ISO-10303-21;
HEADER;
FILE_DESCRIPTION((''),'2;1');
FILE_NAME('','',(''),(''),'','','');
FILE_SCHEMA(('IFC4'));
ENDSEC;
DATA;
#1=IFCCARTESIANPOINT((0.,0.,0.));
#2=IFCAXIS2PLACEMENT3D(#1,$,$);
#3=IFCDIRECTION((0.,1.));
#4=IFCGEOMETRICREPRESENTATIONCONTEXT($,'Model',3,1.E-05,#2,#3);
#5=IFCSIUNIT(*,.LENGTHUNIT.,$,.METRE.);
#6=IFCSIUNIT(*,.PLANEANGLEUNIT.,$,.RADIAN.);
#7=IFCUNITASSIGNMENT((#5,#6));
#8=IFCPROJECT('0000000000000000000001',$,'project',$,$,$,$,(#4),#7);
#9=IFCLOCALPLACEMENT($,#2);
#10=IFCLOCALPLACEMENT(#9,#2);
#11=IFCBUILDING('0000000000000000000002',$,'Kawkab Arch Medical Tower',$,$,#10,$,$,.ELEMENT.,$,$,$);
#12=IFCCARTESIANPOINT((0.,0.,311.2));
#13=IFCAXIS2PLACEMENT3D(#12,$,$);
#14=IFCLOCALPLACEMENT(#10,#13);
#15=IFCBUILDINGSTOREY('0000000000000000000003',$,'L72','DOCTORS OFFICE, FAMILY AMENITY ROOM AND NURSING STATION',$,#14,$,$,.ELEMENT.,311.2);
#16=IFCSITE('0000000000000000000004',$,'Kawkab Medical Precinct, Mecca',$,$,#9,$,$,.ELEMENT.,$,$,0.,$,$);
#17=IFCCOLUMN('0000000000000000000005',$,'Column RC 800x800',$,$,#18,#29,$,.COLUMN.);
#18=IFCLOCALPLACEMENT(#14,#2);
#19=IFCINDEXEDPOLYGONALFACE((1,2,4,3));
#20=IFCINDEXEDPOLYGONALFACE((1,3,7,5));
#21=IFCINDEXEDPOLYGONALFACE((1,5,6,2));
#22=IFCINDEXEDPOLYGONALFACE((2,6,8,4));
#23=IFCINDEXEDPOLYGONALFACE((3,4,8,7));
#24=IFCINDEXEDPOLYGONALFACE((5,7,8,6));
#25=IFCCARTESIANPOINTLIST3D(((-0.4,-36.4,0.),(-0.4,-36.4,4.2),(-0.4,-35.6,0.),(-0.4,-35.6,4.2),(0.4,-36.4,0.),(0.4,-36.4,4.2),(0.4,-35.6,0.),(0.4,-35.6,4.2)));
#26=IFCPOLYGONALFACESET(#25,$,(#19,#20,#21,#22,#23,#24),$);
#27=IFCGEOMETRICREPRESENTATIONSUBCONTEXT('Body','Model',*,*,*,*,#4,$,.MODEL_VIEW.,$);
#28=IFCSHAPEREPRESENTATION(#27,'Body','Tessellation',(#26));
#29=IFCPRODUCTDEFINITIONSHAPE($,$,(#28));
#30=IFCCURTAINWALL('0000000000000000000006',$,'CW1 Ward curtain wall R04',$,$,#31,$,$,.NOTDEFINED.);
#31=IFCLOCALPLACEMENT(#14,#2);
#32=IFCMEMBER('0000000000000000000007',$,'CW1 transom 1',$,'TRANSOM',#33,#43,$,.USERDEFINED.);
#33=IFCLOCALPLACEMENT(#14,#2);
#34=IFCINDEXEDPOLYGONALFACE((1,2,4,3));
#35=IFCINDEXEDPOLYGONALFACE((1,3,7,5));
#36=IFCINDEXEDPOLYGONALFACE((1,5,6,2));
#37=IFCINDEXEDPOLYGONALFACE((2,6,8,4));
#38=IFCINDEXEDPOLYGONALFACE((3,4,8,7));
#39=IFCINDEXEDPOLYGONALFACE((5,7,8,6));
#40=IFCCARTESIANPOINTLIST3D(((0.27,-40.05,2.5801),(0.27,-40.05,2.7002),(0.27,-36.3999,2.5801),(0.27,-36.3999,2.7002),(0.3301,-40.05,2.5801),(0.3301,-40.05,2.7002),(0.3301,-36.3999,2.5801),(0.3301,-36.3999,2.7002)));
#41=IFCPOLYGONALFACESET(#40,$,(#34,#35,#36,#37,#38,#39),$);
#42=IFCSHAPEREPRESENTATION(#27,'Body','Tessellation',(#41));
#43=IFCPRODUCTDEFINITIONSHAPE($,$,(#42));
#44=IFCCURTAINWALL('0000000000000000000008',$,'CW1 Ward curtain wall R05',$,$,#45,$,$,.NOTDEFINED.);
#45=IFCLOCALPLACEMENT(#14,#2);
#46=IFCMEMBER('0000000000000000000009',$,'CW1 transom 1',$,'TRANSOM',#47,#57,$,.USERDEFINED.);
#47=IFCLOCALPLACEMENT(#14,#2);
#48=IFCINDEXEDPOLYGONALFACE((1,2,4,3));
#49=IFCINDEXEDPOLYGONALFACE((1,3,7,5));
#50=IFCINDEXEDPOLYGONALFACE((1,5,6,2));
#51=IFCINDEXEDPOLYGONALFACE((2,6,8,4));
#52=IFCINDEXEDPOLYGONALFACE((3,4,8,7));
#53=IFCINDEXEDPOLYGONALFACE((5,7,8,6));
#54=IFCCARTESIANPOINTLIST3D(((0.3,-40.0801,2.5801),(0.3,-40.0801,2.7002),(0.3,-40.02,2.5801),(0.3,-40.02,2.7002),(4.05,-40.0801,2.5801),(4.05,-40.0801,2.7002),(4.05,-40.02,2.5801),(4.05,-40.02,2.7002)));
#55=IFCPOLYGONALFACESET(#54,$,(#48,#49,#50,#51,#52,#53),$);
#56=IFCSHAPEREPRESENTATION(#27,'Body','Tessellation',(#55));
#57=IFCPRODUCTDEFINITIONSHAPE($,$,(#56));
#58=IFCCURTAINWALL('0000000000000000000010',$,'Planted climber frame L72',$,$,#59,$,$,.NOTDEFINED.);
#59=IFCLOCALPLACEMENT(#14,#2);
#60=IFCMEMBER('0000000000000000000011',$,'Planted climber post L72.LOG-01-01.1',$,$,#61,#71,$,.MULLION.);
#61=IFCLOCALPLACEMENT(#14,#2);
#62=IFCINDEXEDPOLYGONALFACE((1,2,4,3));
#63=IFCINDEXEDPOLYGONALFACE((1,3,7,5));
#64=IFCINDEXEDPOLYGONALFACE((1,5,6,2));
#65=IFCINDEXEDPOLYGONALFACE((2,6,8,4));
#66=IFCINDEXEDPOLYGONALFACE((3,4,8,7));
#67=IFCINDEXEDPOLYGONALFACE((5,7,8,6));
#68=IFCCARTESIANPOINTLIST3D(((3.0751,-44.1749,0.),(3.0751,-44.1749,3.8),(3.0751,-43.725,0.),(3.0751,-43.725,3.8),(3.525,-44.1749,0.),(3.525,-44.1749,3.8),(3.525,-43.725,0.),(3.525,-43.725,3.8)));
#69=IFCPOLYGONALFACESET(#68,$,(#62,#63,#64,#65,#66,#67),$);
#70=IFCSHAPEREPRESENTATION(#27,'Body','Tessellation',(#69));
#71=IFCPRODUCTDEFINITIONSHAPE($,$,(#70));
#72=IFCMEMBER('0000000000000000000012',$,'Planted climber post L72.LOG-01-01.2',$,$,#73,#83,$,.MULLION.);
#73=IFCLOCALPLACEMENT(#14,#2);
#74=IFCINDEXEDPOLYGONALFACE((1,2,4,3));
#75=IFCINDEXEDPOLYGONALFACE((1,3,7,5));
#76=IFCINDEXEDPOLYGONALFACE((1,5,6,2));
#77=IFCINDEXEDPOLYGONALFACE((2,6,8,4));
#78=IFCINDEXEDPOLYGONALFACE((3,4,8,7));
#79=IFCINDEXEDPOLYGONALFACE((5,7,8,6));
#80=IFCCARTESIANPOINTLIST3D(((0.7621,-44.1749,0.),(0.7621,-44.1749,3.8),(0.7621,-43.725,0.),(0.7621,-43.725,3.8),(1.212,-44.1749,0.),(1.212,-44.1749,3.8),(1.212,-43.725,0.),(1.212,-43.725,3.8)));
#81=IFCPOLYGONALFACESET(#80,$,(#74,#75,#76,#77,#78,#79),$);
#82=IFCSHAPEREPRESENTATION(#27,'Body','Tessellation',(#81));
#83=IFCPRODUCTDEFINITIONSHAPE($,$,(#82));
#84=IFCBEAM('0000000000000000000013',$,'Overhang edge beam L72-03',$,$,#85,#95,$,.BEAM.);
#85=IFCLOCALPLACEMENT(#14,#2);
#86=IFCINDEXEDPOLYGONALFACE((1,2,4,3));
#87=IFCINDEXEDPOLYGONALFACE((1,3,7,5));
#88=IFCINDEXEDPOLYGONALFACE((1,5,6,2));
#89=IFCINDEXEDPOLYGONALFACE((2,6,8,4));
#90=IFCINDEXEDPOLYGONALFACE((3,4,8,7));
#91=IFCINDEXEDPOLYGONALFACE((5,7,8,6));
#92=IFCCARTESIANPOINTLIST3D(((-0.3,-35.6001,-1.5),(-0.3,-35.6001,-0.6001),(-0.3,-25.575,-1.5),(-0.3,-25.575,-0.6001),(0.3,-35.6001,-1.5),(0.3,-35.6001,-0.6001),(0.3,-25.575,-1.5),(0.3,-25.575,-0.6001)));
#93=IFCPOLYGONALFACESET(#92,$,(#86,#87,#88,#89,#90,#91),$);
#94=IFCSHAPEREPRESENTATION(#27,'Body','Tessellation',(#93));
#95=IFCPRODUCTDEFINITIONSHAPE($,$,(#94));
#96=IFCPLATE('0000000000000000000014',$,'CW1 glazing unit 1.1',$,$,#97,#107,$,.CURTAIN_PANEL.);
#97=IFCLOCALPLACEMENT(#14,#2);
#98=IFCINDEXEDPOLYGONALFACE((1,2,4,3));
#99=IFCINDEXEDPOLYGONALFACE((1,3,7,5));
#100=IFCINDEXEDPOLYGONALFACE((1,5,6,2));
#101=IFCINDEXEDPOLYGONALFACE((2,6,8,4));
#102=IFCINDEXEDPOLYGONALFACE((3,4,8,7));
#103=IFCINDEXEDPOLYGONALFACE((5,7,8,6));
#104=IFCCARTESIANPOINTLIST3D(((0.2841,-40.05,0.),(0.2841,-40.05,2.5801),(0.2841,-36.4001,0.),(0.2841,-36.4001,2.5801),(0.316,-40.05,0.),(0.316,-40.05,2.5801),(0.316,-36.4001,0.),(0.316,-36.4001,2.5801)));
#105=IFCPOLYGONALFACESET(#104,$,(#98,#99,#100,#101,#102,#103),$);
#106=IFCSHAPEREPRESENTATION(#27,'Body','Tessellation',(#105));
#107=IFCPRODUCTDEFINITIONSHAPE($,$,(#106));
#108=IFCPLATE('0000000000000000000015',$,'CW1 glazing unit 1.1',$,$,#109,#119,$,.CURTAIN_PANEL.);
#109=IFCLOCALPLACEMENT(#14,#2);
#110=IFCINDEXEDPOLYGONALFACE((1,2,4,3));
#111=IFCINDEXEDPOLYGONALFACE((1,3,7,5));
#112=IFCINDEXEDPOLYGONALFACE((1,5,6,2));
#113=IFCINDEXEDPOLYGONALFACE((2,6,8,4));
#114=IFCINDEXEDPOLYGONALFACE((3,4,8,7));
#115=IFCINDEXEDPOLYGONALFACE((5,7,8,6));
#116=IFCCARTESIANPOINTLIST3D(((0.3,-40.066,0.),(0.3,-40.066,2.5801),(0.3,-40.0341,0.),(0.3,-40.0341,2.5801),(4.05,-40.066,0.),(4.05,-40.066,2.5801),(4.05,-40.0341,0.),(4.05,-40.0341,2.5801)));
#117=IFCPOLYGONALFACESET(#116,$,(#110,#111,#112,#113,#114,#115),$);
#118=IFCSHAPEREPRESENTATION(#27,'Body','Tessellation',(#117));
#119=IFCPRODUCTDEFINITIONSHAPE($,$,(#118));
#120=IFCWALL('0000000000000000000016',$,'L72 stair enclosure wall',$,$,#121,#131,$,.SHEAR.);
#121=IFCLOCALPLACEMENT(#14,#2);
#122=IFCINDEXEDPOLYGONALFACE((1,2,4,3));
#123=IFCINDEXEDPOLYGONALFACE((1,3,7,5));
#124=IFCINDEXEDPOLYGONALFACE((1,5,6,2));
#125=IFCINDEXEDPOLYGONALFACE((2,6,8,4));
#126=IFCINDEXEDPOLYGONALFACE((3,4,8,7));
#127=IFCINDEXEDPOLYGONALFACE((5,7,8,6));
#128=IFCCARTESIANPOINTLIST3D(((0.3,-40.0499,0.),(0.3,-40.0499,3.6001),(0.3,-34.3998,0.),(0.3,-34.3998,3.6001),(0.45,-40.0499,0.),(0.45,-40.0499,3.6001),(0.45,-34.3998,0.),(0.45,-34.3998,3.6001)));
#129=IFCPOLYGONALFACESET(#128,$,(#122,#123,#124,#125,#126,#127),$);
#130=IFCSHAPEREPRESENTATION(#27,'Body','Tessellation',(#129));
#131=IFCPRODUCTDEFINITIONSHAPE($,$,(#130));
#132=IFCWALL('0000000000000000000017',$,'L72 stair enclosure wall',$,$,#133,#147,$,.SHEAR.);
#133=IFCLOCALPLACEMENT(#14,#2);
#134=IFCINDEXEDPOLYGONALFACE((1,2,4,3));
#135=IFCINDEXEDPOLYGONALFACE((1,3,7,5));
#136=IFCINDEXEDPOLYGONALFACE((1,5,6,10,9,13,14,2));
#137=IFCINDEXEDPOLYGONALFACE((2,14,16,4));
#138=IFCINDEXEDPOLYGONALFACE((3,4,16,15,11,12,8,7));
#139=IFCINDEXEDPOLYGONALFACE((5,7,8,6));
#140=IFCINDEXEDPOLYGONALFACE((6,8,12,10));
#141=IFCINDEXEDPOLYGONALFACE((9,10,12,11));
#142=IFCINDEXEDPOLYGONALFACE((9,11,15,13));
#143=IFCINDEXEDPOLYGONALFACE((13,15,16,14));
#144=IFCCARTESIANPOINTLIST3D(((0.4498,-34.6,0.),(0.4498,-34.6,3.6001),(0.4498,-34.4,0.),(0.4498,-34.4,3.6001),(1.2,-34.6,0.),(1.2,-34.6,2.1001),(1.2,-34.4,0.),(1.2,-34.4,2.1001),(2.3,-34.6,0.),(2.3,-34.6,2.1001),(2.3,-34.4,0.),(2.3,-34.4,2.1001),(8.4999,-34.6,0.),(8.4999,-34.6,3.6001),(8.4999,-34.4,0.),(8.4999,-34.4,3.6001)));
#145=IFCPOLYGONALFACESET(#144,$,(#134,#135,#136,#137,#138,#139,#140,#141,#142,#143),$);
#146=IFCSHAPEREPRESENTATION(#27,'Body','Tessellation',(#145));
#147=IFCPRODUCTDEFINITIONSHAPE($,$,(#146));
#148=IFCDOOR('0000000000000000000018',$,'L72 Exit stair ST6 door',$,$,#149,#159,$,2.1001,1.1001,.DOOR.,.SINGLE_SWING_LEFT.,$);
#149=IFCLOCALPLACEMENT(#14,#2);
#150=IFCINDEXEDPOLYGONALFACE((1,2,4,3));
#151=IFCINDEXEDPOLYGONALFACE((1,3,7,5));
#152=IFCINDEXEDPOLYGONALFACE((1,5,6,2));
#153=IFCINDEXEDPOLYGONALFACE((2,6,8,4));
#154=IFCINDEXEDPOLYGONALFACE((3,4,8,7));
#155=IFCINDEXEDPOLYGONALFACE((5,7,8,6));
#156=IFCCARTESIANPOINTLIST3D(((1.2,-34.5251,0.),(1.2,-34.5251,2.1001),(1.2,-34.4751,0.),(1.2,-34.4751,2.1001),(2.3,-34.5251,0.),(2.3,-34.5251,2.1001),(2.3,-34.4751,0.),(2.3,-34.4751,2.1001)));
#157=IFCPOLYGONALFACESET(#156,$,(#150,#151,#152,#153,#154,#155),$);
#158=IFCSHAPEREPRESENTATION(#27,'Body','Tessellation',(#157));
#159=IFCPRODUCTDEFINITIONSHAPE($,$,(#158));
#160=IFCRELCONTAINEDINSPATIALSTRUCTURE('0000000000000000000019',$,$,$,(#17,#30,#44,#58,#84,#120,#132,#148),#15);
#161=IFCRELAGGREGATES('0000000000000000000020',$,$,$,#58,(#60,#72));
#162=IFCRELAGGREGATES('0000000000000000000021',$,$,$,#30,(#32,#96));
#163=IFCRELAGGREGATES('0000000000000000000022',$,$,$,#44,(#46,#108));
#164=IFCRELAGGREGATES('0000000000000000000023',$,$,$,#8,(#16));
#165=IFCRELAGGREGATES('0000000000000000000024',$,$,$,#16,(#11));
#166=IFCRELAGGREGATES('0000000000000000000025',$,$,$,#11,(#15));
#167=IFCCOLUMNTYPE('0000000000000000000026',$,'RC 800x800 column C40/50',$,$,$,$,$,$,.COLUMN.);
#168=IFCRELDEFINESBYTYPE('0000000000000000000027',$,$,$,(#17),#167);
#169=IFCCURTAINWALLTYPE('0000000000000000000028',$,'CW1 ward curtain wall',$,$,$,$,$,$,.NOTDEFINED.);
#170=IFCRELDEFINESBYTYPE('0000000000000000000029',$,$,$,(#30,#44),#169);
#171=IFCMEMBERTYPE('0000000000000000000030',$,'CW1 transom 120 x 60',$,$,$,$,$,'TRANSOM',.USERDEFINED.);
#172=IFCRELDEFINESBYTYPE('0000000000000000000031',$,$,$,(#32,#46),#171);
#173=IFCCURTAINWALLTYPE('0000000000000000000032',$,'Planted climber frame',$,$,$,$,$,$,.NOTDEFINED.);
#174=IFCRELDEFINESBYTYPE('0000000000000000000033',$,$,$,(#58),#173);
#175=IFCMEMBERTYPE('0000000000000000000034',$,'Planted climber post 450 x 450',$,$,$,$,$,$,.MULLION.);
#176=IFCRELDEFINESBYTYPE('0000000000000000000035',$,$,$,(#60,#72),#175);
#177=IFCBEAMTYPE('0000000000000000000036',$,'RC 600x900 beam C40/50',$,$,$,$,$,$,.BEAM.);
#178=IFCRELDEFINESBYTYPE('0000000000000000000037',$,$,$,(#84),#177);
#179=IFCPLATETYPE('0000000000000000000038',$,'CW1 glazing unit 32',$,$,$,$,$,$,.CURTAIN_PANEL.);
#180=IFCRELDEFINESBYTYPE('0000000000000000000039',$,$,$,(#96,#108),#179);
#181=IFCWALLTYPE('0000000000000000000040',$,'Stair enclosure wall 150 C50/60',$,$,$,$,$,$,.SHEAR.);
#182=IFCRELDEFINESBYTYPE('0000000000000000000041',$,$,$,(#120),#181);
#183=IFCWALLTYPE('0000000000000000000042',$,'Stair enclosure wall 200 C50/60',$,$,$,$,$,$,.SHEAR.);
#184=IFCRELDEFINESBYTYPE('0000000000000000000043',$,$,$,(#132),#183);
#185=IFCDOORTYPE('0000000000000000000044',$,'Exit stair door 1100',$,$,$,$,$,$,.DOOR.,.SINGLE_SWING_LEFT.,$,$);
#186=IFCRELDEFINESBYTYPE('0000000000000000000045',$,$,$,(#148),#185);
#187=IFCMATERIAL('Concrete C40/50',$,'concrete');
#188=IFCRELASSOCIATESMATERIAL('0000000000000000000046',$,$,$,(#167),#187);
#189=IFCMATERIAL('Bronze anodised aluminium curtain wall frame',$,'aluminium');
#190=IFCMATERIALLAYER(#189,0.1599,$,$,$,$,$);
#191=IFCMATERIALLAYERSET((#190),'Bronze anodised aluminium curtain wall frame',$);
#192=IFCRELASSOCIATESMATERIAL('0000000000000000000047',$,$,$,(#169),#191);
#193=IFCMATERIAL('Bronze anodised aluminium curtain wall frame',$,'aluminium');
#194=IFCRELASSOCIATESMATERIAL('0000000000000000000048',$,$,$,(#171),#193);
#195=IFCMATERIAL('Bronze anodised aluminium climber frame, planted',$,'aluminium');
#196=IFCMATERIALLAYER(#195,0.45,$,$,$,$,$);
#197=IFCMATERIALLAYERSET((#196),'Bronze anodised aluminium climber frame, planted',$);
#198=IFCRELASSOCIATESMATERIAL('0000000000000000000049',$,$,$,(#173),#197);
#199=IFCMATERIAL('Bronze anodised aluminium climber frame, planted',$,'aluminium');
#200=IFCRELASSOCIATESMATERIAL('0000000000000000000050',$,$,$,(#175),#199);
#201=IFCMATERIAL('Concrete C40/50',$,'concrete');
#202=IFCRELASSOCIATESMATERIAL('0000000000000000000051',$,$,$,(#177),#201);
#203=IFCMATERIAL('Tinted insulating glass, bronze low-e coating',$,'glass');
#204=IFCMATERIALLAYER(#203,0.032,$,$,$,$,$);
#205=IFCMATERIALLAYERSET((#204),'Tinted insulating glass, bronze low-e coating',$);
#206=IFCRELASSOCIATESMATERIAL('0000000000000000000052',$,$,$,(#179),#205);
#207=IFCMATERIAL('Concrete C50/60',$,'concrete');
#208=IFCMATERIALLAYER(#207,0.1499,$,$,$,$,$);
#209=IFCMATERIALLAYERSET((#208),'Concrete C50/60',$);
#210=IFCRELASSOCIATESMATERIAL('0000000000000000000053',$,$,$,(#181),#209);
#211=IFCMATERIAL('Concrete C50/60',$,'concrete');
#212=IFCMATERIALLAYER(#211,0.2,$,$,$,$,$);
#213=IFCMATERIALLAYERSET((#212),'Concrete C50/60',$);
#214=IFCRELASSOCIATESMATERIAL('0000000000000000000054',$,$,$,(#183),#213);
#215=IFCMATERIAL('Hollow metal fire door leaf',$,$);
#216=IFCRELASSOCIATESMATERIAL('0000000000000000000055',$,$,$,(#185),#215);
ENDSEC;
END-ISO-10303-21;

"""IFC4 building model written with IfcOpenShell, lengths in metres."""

from ifc_helpers import new_model, si_unit, direction, frame, frame_2d, origin, origin_2d, place, context, subcontext, project, spatial, rectangle, extrude, material, layer, layer_set, material_profile, profile_set, type_object, element, fill, aggregate, save


model = new_model("IFC4")

# Units and contexts
model_context = context("Model", 3, precision=1e-05, world=origin(), true_north=direction((0.0, 1.0)))
body_context = subcontext(model_context, "Body", "Model", "MODEL_VIEW")
ifc_project = project(units=[si_unit("LENGTHUNIT", "METRE"), si_unit("PLANEANGLEUNIT", "RADIAN")], contexts=[model_context])

# Site, building, storey
site_placement = place(None, origin())
site = spatial("IfcSite", under=ifc_project, at=site_placement, Name="Kawkab Medical Precinct, Mecca", CompositionType="ELEMENT", RefElevation=0.0)
building_placement = place(site_placement, origin())
building = spatial("IfcBuilding", under=site, at=building_placement, Name="Kawkab Arch Medical Tower", CompositionType="ELEMENT")
storey_placement = place(building_placement, frame((0.0, 0.0, 311.2)))
storey = spatial("IfcBuildingStorey", under=building, at=storey_placement, Name="L72", Description="DOCTORS OFFICE, FAMILY AMENITY ROOM AND NURSING STATION", CompositionType="ELEMENT", Elevation=311.2)

# Column
ifc_material_1 = material(Name="Concrete C40/50", Category="concrete")
ifc_material_profile_1 = material_profile(ifc_material_1, rectangle(XDim=0.8, YDim=0.8, at=origin_2d()), Name="RC 800x800")
ifc_profile_set_1 = profile_set([ifc_material_profile_1], Name="Concrete C40/50")
column_type = type_object("IfcColumnType", Name="RC 800x800 column C40/50", PredefinedType="COLUMN", material=ifc_profile_set_1)
column_placement = place(storey_placement, frame((0.0, -36.0, 0.0), z_axis=(0.0, 0.0, 1.0), x_axis=(1.0, 0.0, 0.0)))
element("IfcColumn", 1, at=column_placement, inside=storey, type_object=column_type, Name="Column RC 800x800", PredefinedType="COLUMN", context=body_context, shape_type="SweptSolid", body=[
    extrude(rectangle(XDim=0.8, YDim=0.8, at=origin_2d()), origin(), (0.0, 0.0, 1.0), 4.2),
])

# Curtain walls, members
ifc_material_2 = material(Name="Bronze anodised aluminium curtain wall frame", Category="aluminium")
ifc_layer_1 = layer(ifc_material_2, 0.1599)
ifc_layer_set_1 = layer_set([ifc_layer_1], Name="Bronze anodised aluminium curtain wall frame")
curtain_wall_type_1 = type_object("IfcCurtainWallType", Name="CW1 ward curtain wall", PredefinedType="NOTDEFINED", material=ifc_layer_set_1)
placement = place(storey_placement, origin())
curtain_wall_1 = element("IfcCurtainWall", 2, at=placement, inside=storey, type_object=curtain_wall_type_1, Name="CW1 Ward curtain wall R04", PredefinedType="NOTDEFINED")
ifc_material_3 = material(Name="Bronze anodised aluminium curtain wall frame", Category="aluminium")
ifc_material_profile_2 = material_profile(ifc_material_3, rectangle(XDim=0.0601, YDim=0.1201, at=origin_2d()), Name="AL 60x120")
ifc_profile_set_2 = profile_set([ifc_material_profile_2], Name="Bronze anodised aluminium curtain wall frame")
member_type_1 = type_object("IfcMemberType", Name="CW1 transom 120 x 60", ElementType="TRANSOM", PredefinedType="USERDEFINED", material=ifc_profile_set_2)
member_1_placement = place(storey_placement, frame((0.3, -36.3999, 2.6401), z_axis=(0.0, -1.0, 0.0), x_axis=(1.0, 0.0, 0.0)))
member_1 = element("IfcMember", 3, at=member_1_placement, type_object=member_type_1, Name="CW1 transom 1", ObjectType="TRANSOM", PredefinedType="USERDEFINED", context=body_context, shape_type="SweptSolid", body=[
    extrude(rectangle(XDim=0.0601, YDim=0.1201, at=origin_2d()), origin(), (0.0, 0.0, 1.0), 3.6501),
])
curtain_wall_2 = element("IfcCurtainWall", 4, at=placement, inside=storey, type_object=curtain_wall_type_1, Name="CW1 Ward curtain wall R05", PredefinedType="NOTDEFINED")
member_2_placement = place(storey_placement, frame((0.3, -40.05, 2.6401), z_axis=(1.0, 0.0, 0.0), x_axis=(0.0, 1.0, 0.0)))
member_2 = element("IfcMember", 5, at=member_2_placement, type_object=member_type_1, Name="CW1 transom 1", ObjectType="TRANSOM", PredefinedType="USERDEFINED", context=body_context, shape_type="SweptSolid", body=[
    extrude(rectangle(XDim=0.0601, YDim=0.1201, at=origin_2d()), origin(), (0.0, 0.0, 1.0), 3.75),
])

# Curtain wall, members
ifc_material_4 = material(Name="Bronze anodised aluminium climber frame, planted", Category="aluminium")
ifc_layer_2 = layer(ifc_material_4, 0.45)
ifc_layer_set_2 = layer_set([ifc_layer_2], Name="Bronze anodised aluminium climber frame, planted")
curtain_wall_type_2 = type_object("IfcCurtainWallType", Name="Planted climber frame", PredefinedType="NOTDEFINED", material=ifc_layer_set_2)
curtain_wall_3 = element("IfcCurtainWall", 6, at=placement, inside=storey, type_object=curtain_wall_type_2, Name="Planted climber frame L72", PredefinedType="NOTDEFINED")
ifc_material_5 = material(Name="Bronze anodised aluminium climber frame, planted", Category="aluminium")
ifc_material_profile_3 = material_profile(ifc_material_5, rectangle(XDim=0.45, YDim=0.45, at=origin_2d()), Name="Post 450x450")
ifc_profile_set_3 = profile_set([ifc_material_profile_3], Name="Bronze anodised aluminium climber frame, planted")
member_type_2 = type_object("IfcMemberType", Name="Planted climber post 450 x 450", PredefinedType="MULLION", material=ifc_profile_set_3)
member_3_placement = place(storey_placement, frame((3.3, -43.95, 0.0), z_axis=(0.0, 0.0, 1.0), x_axis=(1.0, 0.0, 0.0)))
member_3 = element("IfcMember", 7, at=member_3_placement, type_object=member_type_2, Name="Planted climber post L72.LOG-01-01.1", PredefinedType="MULLION", context=body_context, shape_type="SweptSolid", body=[
    extrude(rectangle(XDim=0.45, YDim=0.45, at=origin_2d()), origin(), (0.0, 0.0, 1.0), 3.8),
])
member_4_placement = place(storey_placement, frame((0.9871, -43.95, 0.0), z_axis=(0.0, 0.0, 1.0), x_axis=(1.0, 0.0, 0.0)))
member_4 = element("IfcMember", 8, at=member_4_placement, type_object=member_type_2, Name="Planted climber post L72.LOG-01-01.2", PredefinedType="MULLION", context=body_context, shape_type="SweptSolid", body=[
    extrude(rectangle(XDim=0.45, YDim=0.45, at=origin_2d()), origin(), (0.0, 0.0, 1.0), 3.8),
])
aggregate(curtain_wall_3, [member_3, member_4])

# Beam
ifc_material_6 = material(Name="Concrete C40/50", Category="concrete")
ifc_material_profile_4 = material_profile(ifc_material_6, rectangle(XDim=0.6001, YDim=0.8999, at=origin_2d()), Name="RC 600x900")
ifc_profile_set_4 = profile_set([ifc_material_profile_4], Name="Concrete C40/50")
beam_type = type_object("IfcBeamType", Name="RC 600x900 beam C40/50", PredefinedType="BEAM", material=ifc_profile_set_4)
beam_placement = place(storey_placement, frame((0.0, -35.6001, -1.05), z_axis=(0.0, 1.0, 0.0), x_axis=(-1.0, 0.0, 0.0)))
element("IfcBeam", 9, at=beam_placement, inside=storey, type_object=beam_type, Name="Overhang edge beam L72-03", PredefinedType="BEAM", context=body_context, shape_type="SweptSolid", body=[
    extrude(rectangle(XDim=0.6001, YDim=0.8999, at=origin_2d()), origin(), (0.0, 0.0, 1.0), 10.0251),
])

# Plates
ifc_material_7 = material(Name="Tinted insulating glass, bronze low-e coating", Category="glass")
ifc_layer_3 = layer(ifc_material_7, 0.032)
ifc_layer_set_3 = layer_set([ifc_layer_3], Name="Tinted insulating glass, bronze low-e coating")
plate_type = type_object("IfcPlateType", Name="CW1 glazing unit 32", PredefinedType="CURTAIN_PANEL", material=ifc_layer_set_3)
plate_1_placement = place(storey_placement, frame((0.3, -38.2251, 0.0), z_axis=(0.0, 0.0, 1.0), x_axis=(0.0, -1.0, 0.0)))
plate_1 = element("IfcPlate", 10, at=plate_1_placement, type_object=plate_type, Name="CW1 glazing unit 1.1", PredefinedType="CURTAIN_PANEL", context=body_context, shape_type="SweptSolid", body=[
    extrude(rectangle(XDim=3.6499, YDim=0.032, at=origin_2d()), origin(), (0.0, 0.0, 1.0), 2.5801),
])
aggregate(curtain_wall_1, [member_1, plate_1])
plate_2_placement = place(storey_placement, frame((2.175, -40.05, 0.0), z_axis=(0.0, 0.0, 1.0), x_axis=(1.0, 0.0, 0.0)))
plate_2 = element("IfcPlate", 11, at=plate_2_placement, type_object=plate_type, Name="CW1 glazing unit 1.1", PredefinedType="CURTAIN_PANEL", context=body_context, shape_type="SweptSolid", body=[
    extrude(rectangle(XDim=3.75, YDim=0.032, at=origin_2d()), origin(), (0.0, 0.0, 1.0), 2.5801),
])
aggregate(curtain_wall_2, [member_2, plate_2])

# Wall
ifc_material_8 = material(Name="Concrete C50/60", Category="concrete")
ifc_layer_4 = layer(ifc_material_8, 0.1499)
ifc_layer_set_4 = layer_set([ifc_layer_4], Name="Concrete C50/60")
wall_type_1 = type_object("IfcWallType", Name="Stair enclosure wall 150 C50/60", PredefinedType="SHEAR", material=ifc_layer_set_4)
wall_1_placement = place(storey_placement, frame((0.375, -40.05, 0.0), z_axis=(0.0, 0.0, 1.0), x_axis=(0.0, 1.0, 0.0)))
element("IfcWall", 12, at=wall_1_placement, inside=storey, type_object=wall_type_1, Name="L72 stair enclosure wall", PredefinedType="SHEAR", context=body_context, shape_type="SweptSolid", body=[
    extrude(rectangle(XDim=5.6501, YDim=0.1499, at=frame_2d((2.8252, 0.0))), origin(), (0.0, 0.0, 1.0), 3.6001),
])

# Wall, opening, door
ifc_material_9 = material(Name="Concrete C50/60", Category="concrete")
ifc_layer_5 = layer(ifc_material_9, 0.2)
ifc_layer_set_5 = layer_set([ifc_layer_5], Name="Concrete C50/60")
wall_type_2 = type_object("IfcWallType", Name="Stair enclosure wall 200 C50/60", PredefinedType="SHEAR", material=ifc_layer_set_5)
wall_2_placement = place(storey_placement, frame((0.45, -34.5, 0.0), z_axis=(0.0, 0.0, 1.0), x_axis=(1.0, 0.0, 0.0)))
wall_2 = element("IfcWall", 13, at=wall_2_placement, inside=storey, type_object=wall_type_2, Name="L72 stair enclosure wall", PredefinedType="SHEAR", context=body_context, shape_type="SweptSolid", body=[
    extrude(rectangle(XDim=8.05, YDim=0.2, at=frame_2d((4.0249, 0.0))), origin(), (0.0, 0.0, 1.0), 3.6001),
])
opening_1_placement = place(wall_2_placement, frame((0.75, 0.0, 0.0)))
opening_1 = element("IfcOpeningElement", 14, at=opening_1_placement, cuts=wall_2, PredefinedType="OPENING", context=body_context, shape_type="SweptSolid", body=[
    extrude(rectangle(XDim=1.1001, YDim=2.1001, at=frame_2d((0.55, 1.05))), frame((0.0, 0.1099, 0.0), z_axis=(0.0, -1.0, 0.0), x_axis=(1.0, 0.0, 0.0)), (0.0, 0.0, 1.0), 0.22),
])
ifc_material_10 = material(Name="Hollow metal fire door leaf")
door_type_1 = type_object("IfcDoorType", Name="Exit stair door 1100", OperationType="SINGLE_SWING_LEFT", PredefinedType="DOOR", material=ifc_material_10)
door_1_placement = place(opening_1_placement, origin())
door_1 = element("IfcDoor", 15, at=door_1_placement, inside=storey, type_object=door_type_1, Name="L72 Exit stair ST6 door", OperationType="SINGLE_SWING_LEFT", OverallHeight=2.1001, OverallWidth=1.1001, PredefinedType="DOOR", context=body_context, shape_type="SweptSolid", body=[
    extrude(rectangle(XDim=1.1001, YDim=2.1001, at=frame_2d((0.55, 1.05))), frame((0.0, 0.0249, 0.0), z_axis=(0.0, -1.0, 0.0), x_axis=(1.0, 0.0, 0.0)), (0.0, 0.0, 1.0), 0.05),
])
fill(opening_1, door_1)

save(model, "model.ifc")
